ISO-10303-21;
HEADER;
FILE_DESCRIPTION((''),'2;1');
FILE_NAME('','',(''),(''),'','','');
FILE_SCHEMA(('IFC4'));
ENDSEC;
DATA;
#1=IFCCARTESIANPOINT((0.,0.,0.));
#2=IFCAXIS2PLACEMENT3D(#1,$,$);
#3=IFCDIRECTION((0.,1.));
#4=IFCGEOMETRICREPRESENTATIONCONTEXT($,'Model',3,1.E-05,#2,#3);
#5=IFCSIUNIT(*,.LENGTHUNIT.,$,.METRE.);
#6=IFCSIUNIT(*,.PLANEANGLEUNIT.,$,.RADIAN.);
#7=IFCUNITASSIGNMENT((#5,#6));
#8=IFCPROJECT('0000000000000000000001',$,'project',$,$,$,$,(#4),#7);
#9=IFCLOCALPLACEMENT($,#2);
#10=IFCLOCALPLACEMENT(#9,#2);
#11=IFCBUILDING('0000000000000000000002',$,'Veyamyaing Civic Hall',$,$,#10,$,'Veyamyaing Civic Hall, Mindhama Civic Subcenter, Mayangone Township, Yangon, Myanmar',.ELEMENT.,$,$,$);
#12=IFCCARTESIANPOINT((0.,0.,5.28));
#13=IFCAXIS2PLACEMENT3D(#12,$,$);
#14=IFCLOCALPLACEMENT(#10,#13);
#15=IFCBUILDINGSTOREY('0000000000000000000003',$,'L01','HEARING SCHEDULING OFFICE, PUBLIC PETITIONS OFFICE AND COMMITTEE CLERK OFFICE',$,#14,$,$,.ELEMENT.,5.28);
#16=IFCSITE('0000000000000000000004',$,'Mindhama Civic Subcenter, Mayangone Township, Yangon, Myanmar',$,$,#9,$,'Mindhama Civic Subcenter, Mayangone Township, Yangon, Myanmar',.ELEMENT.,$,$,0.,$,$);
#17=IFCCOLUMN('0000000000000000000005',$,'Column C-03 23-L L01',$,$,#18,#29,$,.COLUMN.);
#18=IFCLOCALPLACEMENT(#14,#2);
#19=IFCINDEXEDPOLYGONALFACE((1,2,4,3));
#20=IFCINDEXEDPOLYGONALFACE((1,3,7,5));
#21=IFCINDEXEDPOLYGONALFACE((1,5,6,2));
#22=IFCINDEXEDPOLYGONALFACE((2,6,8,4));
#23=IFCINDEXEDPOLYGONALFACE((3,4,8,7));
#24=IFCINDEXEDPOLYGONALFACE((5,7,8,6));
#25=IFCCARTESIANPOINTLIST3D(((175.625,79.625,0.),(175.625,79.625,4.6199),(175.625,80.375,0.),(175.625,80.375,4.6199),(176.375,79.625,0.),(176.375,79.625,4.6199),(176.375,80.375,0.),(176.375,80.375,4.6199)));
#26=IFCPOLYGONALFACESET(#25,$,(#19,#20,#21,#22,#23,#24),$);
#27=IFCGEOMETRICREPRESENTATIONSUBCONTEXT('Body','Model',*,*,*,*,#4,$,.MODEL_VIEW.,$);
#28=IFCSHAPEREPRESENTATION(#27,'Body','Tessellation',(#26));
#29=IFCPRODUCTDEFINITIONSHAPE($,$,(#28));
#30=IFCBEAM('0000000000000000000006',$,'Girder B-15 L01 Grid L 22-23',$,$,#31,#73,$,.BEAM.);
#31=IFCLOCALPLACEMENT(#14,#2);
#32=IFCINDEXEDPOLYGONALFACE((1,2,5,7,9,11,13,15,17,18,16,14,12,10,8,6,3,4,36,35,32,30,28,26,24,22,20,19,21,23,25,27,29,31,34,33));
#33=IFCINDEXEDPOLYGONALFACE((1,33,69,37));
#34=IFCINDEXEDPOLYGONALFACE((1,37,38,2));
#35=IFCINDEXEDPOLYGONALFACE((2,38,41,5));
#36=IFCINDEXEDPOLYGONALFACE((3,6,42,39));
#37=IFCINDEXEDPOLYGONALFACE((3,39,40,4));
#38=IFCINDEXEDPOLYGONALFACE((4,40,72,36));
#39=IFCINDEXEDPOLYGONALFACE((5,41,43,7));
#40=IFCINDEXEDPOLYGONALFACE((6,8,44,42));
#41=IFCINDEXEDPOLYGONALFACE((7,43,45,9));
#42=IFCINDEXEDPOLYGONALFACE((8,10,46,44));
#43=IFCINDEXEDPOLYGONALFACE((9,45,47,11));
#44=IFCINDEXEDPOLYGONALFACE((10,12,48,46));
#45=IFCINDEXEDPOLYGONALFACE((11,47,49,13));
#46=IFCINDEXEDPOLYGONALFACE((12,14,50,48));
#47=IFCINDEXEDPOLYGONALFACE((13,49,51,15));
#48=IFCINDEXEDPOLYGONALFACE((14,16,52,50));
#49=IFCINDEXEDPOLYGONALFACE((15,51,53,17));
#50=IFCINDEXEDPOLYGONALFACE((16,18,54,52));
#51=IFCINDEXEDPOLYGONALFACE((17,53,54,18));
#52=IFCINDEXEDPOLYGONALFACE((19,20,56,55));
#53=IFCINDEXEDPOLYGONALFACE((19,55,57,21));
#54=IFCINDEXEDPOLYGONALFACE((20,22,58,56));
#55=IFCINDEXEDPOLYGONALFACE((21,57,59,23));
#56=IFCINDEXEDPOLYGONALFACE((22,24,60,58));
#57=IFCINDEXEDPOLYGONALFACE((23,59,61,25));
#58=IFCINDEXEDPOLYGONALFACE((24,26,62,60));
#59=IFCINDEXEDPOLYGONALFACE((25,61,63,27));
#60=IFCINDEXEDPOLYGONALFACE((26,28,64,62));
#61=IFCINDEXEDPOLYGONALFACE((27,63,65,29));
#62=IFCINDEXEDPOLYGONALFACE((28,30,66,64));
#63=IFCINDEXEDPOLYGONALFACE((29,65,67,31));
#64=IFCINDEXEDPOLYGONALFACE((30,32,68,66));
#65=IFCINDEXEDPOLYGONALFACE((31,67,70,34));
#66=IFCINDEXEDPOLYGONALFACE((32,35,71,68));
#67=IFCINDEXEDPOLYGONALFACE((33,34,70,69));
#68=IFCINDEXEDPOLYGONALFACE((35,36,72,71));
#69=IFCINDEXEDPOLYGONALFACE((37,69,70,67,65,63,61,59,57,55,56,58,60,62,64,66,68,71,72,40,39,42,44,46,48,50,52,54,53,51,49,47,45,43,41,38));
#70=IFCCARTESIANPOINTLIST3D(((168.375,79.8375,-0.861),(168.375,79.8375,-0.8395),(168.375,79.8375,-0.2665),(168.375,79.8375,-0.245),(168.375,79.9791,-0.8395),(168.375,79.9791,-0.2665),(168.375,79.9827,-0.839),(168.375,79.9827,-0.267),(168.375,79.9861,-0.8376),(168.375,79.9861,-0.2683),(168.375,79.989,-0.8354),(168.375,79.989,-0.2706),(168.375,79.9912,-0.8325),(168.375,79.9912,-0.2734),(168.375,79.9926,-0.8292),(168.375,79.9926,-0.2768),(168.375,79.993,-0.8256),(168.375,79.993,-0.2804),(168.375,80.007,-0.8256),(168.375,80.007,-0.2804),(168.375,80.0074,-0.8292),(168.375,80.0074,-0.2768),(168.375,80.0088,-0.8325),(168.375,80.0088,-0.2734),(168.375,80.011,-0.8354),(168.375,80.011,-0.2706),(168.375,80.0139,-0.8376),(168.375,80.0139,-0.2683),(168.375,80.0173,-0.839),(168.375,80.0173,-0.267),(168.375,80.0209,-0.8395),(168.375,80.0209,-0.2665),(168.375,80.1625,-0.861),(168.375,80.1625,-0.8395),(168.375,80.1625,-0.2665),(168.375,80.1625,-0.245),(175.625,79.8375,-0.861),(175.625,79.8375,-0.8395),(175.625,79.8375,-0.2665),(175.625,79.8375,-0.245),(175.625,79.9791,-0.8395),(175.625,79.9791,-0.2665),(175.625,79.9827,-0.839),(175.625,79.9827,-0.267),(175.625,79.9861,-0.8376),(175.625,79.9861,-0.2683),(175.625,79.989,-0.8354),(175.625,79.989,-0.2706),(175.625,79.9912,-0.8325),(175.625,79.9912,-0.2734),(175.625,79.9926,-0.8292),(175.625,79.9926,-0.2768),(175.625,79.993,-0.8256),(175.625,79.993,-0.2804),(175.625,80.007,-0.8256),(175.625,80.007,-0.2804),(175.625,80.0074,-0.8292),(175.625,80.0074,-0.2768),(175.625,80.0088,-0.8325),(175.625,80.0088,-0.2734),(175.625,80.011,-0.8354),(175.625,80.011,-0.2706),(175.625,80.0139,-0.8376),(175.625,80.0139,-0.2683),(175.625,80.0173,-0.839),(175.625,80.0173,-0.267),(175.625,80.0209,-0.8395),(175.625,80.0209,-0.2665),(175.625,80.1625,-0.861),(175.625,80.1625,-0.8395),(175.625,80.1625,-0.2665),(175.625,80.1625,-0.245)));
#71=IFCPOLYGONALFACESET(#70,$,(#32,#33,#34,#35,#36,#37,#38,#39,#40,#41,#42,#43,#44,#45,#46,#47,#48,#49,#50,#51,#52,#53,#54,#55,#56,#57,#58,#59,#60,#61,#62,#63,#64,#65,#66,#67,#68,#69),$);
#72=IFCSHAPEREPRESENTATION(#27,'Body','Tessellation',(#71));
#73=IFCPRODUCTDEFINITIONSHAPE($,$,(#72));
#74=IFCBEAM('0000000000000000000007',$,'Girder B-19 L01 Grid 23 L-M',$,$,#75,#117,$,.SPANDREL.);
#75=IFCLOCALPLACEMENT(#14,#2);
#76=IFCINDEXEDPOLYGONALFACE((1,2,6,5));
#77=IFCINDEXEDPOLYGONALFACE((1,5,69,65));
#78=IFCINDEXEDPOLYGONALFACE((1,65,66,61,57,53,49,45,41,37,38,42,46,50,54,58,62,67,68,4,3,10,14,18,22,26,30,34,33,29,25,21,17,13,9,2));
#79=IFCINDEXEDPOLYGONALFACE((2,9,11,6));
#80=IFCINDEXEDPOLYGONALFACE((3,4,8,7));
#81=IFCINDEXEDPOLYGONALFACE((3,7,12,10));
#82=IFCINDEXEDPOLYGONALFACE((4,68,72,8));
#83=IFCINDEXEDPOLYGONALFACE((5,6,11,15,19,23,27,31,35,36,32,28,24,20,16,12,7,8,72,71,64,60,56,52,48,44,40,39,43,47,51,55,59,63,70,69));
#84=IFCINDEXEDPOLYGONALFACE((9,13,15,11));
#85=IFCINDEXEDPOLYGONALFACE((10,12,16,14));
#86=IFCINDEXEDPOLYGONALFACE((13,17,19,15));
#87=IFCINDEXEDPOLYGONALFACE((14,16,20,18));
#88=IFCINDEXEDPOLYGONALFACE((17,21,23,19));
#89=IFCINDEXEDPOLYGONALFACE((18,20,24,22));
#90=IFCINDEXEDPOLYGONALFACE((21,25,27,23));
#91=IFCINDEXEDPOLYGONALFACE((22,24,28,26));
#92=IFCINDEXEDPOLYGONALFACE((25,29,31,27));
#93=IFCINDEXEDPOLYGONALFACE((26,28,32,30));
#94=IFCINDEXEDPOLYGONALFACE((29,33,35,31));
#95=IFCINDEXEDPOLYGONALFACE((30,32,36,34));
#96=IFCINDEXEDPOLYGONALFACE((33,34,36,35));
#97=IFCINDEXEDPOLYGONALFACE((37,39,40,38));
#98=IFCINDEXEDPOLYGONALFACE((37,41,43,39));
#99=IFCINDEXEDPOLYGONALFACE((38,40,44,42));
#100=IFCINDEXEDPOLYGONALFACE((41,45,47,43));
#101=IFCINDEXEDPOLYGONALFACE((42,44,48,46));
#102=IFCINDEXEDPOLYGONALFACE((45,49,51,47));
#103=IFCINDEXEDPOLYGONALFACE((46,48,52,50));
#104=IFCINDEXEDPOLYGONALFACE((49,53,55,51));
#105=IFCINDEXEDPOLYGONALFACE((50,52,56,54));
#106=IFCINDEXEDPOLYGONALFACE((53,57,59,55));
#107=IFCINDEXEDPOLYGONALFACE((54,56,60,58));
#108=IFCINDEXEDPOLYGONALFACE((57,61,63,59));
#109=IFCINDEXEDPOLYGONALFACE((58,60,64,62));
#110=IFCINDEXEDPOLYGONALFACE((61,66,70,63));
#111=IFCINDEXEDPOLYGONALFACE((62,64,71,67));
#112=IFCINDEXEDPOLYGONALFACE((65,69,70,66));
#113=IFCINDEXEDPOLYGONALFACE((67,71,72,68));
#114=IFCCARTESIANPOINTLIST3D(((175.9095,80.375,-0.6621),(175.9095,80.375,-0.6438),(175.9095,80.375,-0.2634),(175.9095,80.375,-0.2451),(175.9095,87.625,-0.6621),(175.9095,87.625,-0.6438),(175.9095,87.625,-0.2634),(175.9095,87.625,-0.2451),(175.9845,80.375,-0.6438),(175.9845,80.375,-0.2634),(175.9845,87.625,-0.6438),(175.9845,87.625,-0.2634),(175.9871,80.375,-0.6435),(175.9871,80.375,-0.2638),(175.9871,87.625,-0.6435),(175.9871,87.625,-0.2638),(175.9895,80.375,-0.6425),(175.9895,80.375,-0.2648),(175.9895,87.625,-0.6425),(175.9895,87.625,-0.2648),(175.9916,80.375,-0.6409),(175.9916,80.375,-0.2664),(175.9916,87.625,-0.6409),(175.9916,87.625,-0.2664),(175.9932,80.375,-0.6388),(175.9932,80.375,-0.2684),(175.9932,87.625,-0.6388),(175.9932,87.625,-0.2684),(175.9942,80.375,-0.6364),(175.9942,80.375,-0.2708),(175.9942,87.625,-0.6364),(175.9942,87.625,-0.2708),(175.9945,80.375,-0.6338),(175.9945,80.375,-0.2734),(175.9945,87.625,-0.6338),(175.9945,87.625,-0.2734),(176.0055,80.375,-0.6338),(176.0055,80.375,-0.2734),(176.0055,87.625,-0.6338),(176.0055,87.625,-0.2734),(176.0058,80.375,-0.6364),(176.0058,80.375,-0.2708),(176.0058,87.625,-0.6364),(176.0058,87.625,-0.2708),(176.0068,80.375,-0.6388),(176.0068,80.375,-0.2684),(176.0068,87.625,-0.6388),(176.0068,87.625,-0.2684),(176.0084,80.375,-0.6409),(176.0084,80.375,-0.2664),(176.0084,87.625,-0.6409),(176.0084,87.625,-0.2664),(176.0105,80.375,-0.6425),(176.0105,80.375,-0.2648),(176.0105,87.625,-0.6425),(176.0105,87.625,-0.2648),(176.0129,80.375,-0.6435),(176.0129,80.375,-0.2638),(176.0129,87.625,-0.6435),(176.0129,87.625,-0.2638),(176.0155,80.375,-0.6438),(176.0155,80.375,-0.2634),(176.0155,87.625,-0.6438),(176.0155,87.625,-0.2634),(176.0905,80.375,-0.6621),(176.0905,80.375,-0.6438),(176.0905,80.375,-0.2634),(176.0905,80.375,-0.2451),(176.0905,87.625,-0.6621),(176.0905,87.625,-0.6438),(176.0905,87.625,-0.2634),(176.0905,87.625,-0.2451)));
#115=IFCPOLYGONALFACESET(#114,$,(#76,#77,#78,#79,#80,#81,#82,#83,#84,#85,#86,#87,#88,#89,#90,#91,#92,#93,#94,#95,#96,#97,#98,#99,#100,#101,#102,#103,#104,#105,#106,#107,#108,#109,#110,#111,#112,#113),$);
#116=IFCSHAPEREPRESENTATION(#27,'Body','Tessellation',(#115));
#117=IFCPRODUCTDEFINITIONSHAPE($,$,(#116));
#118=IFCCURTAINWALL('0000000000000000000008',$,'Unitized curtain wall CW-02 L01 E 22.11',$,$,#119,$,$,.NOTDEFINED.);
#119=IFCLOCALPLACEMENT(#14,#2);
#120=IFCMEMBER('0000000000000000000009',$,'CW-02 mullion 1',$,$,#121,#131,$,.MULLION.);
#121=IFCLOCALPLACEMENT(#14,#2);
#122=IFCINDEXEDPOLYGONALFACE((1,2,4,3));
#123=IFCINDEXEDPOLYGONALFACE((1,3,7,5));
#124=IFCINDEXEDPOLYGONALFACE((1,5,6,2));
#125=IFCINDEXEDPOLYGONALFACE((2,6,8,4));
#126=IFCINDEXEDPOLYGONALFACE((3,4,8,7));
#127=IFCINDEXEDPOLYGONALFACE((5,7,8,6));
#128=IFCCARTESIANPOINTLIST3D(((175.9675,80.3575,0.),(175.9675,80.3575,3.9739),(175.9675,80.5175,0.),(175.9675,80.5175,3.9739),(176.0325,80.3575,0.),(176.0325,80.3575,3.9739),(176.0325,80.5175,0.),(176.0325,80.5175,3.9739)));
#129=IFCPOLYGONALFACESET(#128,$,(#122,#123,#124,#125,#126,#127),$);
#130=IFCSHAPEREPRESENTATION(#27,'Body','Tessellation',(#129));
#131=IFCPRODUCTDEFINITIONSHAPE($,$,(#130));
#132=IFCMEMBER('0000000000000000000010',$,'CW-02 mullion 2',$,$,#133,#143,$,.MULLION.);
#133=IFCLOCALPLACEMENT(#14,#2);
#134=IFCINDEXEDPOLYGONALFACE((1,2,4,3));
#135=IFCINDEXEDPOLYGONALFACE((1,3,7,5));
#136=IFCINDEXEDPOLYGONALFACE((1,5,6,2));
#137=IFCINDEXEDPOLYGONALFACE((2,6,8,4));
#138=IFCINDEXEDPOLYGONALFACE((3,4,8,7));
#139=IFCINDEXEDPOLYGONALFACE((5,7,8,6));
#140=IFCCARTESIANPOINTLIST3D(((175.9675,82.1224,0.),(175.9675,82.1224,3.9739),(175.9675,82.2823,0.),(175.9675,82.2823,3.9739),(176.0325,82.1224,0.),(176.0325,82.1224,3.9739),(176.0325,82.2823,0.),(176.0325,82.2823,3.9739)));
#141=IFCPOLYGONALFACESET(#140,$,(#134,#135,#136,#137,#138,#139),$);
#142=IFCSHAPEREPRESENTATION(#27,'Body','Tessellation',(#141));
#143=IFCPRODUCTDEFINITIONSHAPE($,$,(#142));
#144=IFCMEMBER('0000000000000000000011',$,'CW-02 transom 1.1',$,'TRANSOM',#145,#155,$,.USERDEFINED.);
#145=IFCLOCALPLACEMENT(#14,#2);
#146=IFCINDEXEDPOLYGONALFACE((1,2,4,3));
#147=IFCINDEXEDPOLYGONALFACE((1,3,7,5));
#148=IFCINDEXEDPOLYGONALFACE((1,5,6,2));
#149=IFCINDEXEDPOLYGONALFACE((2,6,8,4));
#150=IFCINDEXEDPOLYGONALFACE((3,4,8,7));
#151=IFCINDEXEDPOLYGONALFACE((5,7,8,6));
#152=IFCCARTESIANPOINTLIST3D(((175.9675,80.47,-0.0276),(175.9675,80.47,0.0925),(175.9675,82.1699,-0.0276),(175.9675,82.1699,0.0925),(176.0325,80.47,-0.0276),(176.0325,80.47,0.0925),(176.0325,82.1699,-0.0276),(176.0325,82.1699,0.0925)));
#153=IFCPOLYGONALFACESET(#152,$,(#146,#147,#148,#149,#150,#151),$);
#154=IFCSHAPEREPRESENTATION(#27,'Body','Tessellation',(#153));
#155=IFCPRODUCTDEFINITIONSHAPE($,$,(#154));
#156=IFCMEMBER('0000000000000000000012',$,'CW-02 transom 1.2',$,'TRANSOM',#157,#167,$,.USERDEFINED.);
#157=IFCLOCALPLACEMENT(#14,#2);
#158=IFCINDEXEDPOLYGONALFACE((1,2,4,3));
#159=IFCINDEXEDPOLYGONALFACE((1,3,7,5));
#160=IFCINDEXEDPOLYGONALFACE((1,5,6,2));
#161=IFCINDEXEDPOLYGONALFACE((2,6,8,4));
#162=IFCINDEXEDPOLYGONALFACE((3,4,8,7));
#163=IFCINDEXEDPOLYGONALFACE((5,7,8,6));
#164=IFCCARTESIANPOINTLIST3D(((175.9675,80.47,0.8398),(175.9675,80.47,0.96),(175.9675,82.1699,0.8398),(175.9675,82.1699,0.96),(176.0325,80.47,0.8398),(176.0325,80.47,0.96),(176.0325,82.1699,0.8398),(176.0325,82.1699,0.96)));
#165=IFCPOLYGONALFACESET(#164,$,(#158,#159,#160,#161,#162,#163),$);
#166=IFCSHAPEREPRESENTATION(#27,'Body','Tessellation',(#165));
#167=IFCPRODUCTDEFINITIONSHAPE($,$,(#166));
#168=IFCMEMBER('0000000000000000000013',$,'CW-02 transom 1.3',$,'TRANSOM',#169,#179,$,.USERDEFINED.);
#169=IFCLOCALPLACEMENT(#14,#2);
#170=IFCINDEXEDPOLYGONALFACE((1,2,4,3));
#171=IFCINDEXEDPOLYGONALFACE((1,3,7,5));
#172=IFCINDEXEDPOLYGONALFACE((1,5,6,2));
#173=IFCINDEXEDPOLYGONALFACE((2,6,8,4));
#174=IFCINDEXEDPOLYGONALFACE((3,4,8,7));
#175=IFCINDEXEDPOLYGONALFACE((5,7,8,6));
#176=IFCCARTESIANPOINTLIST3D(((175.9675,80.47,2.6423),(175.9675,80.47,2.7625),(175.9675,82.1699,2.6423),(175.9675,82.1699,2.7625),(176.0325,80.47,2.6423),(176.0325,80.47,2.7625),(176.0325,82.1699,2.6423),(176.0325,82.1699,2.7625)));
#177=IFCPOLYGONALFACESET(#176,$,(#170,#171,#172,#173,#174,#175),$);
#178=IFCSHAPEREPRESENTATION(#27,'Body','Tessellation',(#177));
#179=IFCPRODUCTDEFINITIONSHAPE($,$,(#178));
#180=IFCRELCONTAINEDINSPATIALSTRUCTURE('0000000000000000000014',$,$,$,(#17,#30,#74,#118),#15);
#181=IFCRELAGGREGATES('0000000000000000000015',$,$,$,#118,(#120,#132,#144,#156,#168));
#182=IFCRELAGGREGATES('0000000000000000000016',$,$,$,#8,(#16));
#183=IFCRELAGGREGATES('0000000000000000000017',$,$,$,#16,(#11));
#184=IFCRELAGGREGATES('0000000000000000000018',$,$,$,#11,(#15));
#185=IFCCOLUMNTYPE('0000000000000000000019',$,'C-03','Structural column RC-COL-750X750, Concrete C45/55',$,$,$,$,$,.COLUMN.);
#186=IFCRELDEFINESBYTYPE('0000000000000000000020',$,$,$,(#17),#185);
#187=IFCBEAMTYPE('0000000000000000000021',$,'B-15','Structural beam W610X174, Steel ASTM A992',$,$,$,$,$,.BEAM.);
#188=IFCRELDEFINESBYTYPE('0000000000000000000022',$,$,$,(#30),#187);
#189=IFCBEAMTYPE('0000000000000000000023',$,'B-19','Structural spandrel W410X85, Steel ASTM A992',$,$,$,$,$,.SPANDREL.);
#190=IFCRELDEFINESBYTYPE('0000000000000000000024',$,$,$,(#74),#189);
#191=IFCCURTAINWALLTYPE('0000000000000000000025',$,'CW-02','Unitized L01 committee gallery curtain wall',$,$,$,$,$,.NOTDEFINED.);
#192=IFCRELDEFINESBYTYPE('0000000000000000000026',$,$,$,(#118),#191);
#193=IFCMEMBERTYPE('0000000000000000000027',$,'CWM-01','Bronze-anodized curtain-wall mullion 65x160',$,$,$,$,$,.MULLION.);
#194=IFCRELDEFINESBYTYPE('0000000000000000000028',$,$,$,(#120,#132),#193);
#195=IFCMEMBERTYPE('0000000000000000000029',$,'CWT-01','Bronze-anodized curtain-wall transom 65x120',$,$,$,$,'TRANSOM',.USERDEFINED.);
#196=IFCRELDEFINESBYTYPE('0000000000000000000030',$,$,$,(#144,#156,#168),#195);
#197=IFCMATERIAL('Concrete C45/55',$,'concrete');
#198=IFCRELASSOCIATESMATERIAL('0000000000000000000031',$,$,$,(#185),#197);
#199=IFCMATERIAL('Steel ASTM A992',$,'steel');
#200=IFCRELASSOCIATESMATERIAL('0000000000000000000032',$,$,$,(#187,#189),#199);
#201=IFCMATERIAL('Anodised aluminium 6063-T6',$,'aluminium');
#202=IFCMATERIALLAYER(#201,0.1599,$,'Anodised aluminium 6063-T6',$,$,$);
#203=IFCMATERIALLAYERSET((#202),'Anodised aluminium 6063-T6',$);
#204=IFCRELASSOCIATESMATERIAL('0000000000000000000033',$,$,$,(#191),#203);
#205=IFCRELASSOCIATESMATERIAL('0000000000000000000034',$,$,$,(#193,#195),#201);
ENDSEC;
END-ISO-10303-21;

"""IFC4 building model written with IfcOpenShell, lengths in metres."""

from ifc_helpers import new_model, si_unit, direction, frame, origin, origin_2d, place, context, subcontext, project, spatial, rectangle, i_section, extrude, material, layer, layer_set, material_profile, profile_set, type_object, element, aggregate, save


model = new_model("IFC4")

# Units and contexts
model_context = context("Model", 3, precision=1e-05, world=origin(), true_north=direction((0.0, 1.0)))
body_context = subcontext(model_context, "Body", "Model", "MODEL_VIEW")
ifc_project = project(units=[si_unit("LENGTHUNIT", "METRE"), si_unit("PLANEANGLEUNIT", "RADIAN")], contexts=[model_context])

# Site, building, storey
site_placement = place(None, origin())
site = spatial("IfcSite", under=ifc_project, at=site_placement, Name="Mindhama Civic Subcenter, Mayangone Township, Yangon, Myanmar", LongName="Mindhama Civic Subcenter, Mayangone Township, Yangon, Myanmar", CompositionType="ELEMENT", RefElevation=0.0)
building_placement = place(site_placement, origin())
building = spatial("IfcBuilding", under=site, at=building_placement, Name="Veyamyaing Civic Hall", LongName="Veyamyaing Civic Hall, Mindhama Civic Subcenter, Mayangone Township, Yangon, Myanmar", CompositionType="ELEMENT")
storey_placement = place(building_placement, frame((0.0, 0.0, 5.28)))
storey = spatial("IfcBuildingStorey", under=building, at=storey_placement, Name="L01", Description="HEARING SCHEDULING OFFICE, PUBLIC PETITIONS OFFICE AND COMMITTEE CLERK OFFICE", CompositionType="ELEMENT", Elevation=5.28)

# Column
ifc_material_1 = material(Name="Concrete C45/55", Category="concrete")
ifc_material_profile_1 = material_profile(ifc_material_1, rectangle(XDim=0.75, YDim=0.75, at=origin_2d()), Name="RC-COL-750X750")
ifc_profile_set_1 = profile_set([ifc_material_profile_1], Name="Concrete C45/55")
column_type = type_object("IfcColumnType", Name="C-03", Description="Structural column RC-COL-750X750, Concrete C45/55", PredefinedType="COLUMN", material=ifc_profile_set_1)
column_placement = place(storey_placement, frame((176.0, 80.0, 0.0), z_axis=(0.0, 0.0, 1.0), x_axis=(1.0, 0.0, 0.0)))
element("IfcColumn", 1, at=column_placement, inside=storey, type_object=column_type, Name="Column C-03 23-L L01", PredefinedType="COLUMN", context=body_context, shape_type="SweptSolid", body=[
    extrude(rectangle(XDim=0.75, YDim=0.75, at=origin_2d()), origin(), (0.0, 0.0, 1.0), 4.6199),
])

# Beams
ifc_material_2 = material(Name="Steel ASTM A992", Category="steel")
ifc_material_profile_2 = material_profile(ifc_material_2, i_section(OverallWidth=0.325, OverallDepth=0.616, WebThickness=0.0139, FlangeThickness=0.0215, FilletRadius=0.0139, at=origin_2d()), Name="W610X174")
ifc_profile_set_2 = profile_set([ifc_material_profile_2], Name="Steel ASTM A992")
beam_type_1 = type_object("IfcBeamType", Name="B-15", Description="Structural beam W610X174, Steel ASTM A992", PredefinedType="BEAM", material=ifc_profile_set_2)
beam_1_placement = place(storey_placement, frame((168.375, 80.0, -0.553), z_axis=(1.0, 0.0, 0.0), x_axis=(0.0, 1.0, 0.0)))
element("IfcBeam", 2, at=beam_1_placement, inside=storey, type_object=beam_type_1, Name="Girder B-15 L01 Grid L 22-23", PredefinedType="BEAM", context=body_context, shape_type="SweptSolid", body=[
    extrude(i_section(OverallWidth=0.325, OverallDepth=0.616, WebThickness=0.0139, FlangeThickness=0.0215, FilletRadius=0.0139, at=origin_2d()), origin(), (0.0, 0.0, 1.0), 7.25),
])
ifc_material_profile_3 = material_profile(ifc_material_2, i_section(OverallWidth=0.1809, OverallDepth=0.417, WebThickness=0.011, FlangeThickness=0.0183, FilletRadius=0.01, at=origin_2d()), Name="W410X85")
ifc_profile_set_3 = profile_set([ifc_material_profile_3], Name="Steel ASTM A992")
beam_type_2 = type_object("IfcBeamType", Name="B-19", Description="Structural spandrel W410X85, Steel ASTM A992", PredefinedType="SPANDREL", material=ifc_profile_set_3)
beam_2_placement = place(storey_placement, frame((176.0, 80.375, -0.4536), z_axis=(0.0, 1.0, 0.0), x_axis=(-1.0, 0.0, 0.0)))
element("IfcBeam", 3, at=beam_2_placement, inside=storey, type_object=beam_type_2, Name="Girder B-19 L01 Grid 23 L-M", PredefinedType="SPANDREL", context=body_context, shape_type="SweptSolid", body=[
    extrude(i_section(OverallWidth=0.1809, OverallDepth=0.417, WebThickness=0.011, FlangeThickness=0.0183, FilletRadius=0.01, at=origin_2d()), origin(), (0.0, 0.0, 1.0), 7.25),
])

# Curtain wall, members
ifc_material_3 = material(Name="Anodised aluminium 6063-T6", Category="aluminium")
ifc_layer_1 = layer(ifc_material_3, 0.1599, Name="Anodised aluminium 6063-T6")
ifc_layer_set_1 = layer_set([ifc_layer_1], Name="Anodised aluminium 6063-T6")
curtain_wall_type = type_object("IfcCurtainWallType", Name="CW-02", Description="Unitized L01 committee gallery curtain wall", PredefinedType="NOTDEFINED", material=ifc_layer_set_1)
curtain_wall_placement = place(storey_placement, origin())
curtain_wall = element("IfcCurtainWall", 4, at=curtain_wall_placement, inside=storey, type_object=curtain_wall_type, Name="Unitized curtain wall CW-02 L01 E 22.11", PredefinedType="NOTDEFINED")
ifc_material_profile_4 = material_profile(ifc_material_3, rectangle(XDim=0.0649, YDim=0.1599, at=origin_2d()), Name="ALU-MUL-65X160")
ifc_profile_set_4 = profile_set([ifc_material_profile_4], Name="Anodised aluminium 6063-T6")
member_type_1 = type_object("IfcMemberType", Name="CWM-01", Description="Bronze-anodized curtain-wall mullion 65x160", PredefinedType="MULLION", material=ifc_profile_set_4)
member_1_placement = place(storey_placement, frame((176.0, 80.4375, 0.0), z_axis=(0.0, 0.0, 1.0), x_axis=(-1.0, 0.0, 0.0)))
member_1 = element("IfcMember", 5, at=member_1_placement, type_object=member_type_1, Name="CW-02 mullion 1", PredefinedType="MULLION", context=body_context, shape_type="SweptSolid", body=[
    extrude(rectangle(XDim=0.0649, YDim=0.1599, at=origin_2d()), origin(), (0.0, 0.0, 1.0), 3.9739),
])
member_2_placement = place(storey_placement, frame((176.0, 82.2024, 0.0), z_axis=(0.0, 0.0, 1.0), x_axis=(-1.0, 0.0, 0.0)))
member_2 = element("IfcMember", 6, at=member_2_placement, type_object=member_type_1, Name="CW-02 mullion 2", PredefinedType="MULLION", context=body_context, shape_type="SweptSolid", body=[
    extrude(rectangle(XDim=0.0649, YDim=0.1599, at=origin_2d()), origin(), (0.0, 0.0, 1.0), 3.9739),
])
ifc_material_profile_5 = material_profile(ifc_material_3, rectangle(XDim=0.0649, YDim=0.1201, at=origin_2d()), Name="ALU-TRN-65X120")
ifc_profile_set_5 = profile_set([ifc_material_profile_5], Name="Anodised aluminium 6063-T6")
member_type_2 = type_object("IfcMemberType", Name="CWT-01", Description="Bronze-anodized curtain-wall transom 65x120", ElementType="TRANSOM", PredefinedType="USERDEFINED", material=ifc_profile_set_5)
member_3_placement = place(storey_placement, frame((176.0, 80.47, 0.0325), z_axis=(0.0, 1.0, 0.0), x_axis=(-1.0, 0.0, 0.0)))
member_3 = element("IfcMember", 7, at=member_3_placement, type_object=member_type_2, Name="CW-02 transom 1.1", ObjectType="TRANSOM", PredefinedType="USERDEFINED", context=body_context, shape_type="SweptSolid", body=[
    extrude(rectangle(XDim=0.0649, YDim=0.1201, at=origin_2d()), origin(), (0.0, 0.0, 1.0), 1.7),
])
member_4_placement = place(storey_placement, frame((176.0, 80.47, 0.8999), z_axis=(0.0, 1.0, 0.0), x_axis=(-1.0, 0.0, 0.0)))
member_4 = element("IfcMember", 8, at=member_4_placement, type_object=member_type_2, Name="CW-02 transom 1.2", ObjectType="TRANSOM", PredefinedType="USERDEFINED", context=body_context, shape_type="SweptSolid", body=[
    extrude(rectangle(XDim=0.0649, YDim=0.1201, at=origin_2d()), origin(), (0.0, 0.0, 1.0), 1.7),
])
member_5_placement = place(storey_placement, frame((176.0, 80.47, 2.7024), z_axis=(0.0, 1.0, 0.0), x_axis=(-1.0, 0.0, 0.0)))
member_5 = element("IfcMember", 9, at=member_5_placement, type_object=member_type_2, Name="CW-02 transom 1.3", ObjectType="TRANSOM", PredefinedType="USERDEFINED", context=body_context, shape_type="SweptSolid", body=[
    extrude(rectangle(XDim=0.0649, YDim=0.1201, at=origin_2d()), origin(), (0.0, 0.0, 1.0), 1.7),
])
aggregate(curtain_wall, [member_1, member_2, member_3, member_4, member_5])

save(model, "model.ifc")
